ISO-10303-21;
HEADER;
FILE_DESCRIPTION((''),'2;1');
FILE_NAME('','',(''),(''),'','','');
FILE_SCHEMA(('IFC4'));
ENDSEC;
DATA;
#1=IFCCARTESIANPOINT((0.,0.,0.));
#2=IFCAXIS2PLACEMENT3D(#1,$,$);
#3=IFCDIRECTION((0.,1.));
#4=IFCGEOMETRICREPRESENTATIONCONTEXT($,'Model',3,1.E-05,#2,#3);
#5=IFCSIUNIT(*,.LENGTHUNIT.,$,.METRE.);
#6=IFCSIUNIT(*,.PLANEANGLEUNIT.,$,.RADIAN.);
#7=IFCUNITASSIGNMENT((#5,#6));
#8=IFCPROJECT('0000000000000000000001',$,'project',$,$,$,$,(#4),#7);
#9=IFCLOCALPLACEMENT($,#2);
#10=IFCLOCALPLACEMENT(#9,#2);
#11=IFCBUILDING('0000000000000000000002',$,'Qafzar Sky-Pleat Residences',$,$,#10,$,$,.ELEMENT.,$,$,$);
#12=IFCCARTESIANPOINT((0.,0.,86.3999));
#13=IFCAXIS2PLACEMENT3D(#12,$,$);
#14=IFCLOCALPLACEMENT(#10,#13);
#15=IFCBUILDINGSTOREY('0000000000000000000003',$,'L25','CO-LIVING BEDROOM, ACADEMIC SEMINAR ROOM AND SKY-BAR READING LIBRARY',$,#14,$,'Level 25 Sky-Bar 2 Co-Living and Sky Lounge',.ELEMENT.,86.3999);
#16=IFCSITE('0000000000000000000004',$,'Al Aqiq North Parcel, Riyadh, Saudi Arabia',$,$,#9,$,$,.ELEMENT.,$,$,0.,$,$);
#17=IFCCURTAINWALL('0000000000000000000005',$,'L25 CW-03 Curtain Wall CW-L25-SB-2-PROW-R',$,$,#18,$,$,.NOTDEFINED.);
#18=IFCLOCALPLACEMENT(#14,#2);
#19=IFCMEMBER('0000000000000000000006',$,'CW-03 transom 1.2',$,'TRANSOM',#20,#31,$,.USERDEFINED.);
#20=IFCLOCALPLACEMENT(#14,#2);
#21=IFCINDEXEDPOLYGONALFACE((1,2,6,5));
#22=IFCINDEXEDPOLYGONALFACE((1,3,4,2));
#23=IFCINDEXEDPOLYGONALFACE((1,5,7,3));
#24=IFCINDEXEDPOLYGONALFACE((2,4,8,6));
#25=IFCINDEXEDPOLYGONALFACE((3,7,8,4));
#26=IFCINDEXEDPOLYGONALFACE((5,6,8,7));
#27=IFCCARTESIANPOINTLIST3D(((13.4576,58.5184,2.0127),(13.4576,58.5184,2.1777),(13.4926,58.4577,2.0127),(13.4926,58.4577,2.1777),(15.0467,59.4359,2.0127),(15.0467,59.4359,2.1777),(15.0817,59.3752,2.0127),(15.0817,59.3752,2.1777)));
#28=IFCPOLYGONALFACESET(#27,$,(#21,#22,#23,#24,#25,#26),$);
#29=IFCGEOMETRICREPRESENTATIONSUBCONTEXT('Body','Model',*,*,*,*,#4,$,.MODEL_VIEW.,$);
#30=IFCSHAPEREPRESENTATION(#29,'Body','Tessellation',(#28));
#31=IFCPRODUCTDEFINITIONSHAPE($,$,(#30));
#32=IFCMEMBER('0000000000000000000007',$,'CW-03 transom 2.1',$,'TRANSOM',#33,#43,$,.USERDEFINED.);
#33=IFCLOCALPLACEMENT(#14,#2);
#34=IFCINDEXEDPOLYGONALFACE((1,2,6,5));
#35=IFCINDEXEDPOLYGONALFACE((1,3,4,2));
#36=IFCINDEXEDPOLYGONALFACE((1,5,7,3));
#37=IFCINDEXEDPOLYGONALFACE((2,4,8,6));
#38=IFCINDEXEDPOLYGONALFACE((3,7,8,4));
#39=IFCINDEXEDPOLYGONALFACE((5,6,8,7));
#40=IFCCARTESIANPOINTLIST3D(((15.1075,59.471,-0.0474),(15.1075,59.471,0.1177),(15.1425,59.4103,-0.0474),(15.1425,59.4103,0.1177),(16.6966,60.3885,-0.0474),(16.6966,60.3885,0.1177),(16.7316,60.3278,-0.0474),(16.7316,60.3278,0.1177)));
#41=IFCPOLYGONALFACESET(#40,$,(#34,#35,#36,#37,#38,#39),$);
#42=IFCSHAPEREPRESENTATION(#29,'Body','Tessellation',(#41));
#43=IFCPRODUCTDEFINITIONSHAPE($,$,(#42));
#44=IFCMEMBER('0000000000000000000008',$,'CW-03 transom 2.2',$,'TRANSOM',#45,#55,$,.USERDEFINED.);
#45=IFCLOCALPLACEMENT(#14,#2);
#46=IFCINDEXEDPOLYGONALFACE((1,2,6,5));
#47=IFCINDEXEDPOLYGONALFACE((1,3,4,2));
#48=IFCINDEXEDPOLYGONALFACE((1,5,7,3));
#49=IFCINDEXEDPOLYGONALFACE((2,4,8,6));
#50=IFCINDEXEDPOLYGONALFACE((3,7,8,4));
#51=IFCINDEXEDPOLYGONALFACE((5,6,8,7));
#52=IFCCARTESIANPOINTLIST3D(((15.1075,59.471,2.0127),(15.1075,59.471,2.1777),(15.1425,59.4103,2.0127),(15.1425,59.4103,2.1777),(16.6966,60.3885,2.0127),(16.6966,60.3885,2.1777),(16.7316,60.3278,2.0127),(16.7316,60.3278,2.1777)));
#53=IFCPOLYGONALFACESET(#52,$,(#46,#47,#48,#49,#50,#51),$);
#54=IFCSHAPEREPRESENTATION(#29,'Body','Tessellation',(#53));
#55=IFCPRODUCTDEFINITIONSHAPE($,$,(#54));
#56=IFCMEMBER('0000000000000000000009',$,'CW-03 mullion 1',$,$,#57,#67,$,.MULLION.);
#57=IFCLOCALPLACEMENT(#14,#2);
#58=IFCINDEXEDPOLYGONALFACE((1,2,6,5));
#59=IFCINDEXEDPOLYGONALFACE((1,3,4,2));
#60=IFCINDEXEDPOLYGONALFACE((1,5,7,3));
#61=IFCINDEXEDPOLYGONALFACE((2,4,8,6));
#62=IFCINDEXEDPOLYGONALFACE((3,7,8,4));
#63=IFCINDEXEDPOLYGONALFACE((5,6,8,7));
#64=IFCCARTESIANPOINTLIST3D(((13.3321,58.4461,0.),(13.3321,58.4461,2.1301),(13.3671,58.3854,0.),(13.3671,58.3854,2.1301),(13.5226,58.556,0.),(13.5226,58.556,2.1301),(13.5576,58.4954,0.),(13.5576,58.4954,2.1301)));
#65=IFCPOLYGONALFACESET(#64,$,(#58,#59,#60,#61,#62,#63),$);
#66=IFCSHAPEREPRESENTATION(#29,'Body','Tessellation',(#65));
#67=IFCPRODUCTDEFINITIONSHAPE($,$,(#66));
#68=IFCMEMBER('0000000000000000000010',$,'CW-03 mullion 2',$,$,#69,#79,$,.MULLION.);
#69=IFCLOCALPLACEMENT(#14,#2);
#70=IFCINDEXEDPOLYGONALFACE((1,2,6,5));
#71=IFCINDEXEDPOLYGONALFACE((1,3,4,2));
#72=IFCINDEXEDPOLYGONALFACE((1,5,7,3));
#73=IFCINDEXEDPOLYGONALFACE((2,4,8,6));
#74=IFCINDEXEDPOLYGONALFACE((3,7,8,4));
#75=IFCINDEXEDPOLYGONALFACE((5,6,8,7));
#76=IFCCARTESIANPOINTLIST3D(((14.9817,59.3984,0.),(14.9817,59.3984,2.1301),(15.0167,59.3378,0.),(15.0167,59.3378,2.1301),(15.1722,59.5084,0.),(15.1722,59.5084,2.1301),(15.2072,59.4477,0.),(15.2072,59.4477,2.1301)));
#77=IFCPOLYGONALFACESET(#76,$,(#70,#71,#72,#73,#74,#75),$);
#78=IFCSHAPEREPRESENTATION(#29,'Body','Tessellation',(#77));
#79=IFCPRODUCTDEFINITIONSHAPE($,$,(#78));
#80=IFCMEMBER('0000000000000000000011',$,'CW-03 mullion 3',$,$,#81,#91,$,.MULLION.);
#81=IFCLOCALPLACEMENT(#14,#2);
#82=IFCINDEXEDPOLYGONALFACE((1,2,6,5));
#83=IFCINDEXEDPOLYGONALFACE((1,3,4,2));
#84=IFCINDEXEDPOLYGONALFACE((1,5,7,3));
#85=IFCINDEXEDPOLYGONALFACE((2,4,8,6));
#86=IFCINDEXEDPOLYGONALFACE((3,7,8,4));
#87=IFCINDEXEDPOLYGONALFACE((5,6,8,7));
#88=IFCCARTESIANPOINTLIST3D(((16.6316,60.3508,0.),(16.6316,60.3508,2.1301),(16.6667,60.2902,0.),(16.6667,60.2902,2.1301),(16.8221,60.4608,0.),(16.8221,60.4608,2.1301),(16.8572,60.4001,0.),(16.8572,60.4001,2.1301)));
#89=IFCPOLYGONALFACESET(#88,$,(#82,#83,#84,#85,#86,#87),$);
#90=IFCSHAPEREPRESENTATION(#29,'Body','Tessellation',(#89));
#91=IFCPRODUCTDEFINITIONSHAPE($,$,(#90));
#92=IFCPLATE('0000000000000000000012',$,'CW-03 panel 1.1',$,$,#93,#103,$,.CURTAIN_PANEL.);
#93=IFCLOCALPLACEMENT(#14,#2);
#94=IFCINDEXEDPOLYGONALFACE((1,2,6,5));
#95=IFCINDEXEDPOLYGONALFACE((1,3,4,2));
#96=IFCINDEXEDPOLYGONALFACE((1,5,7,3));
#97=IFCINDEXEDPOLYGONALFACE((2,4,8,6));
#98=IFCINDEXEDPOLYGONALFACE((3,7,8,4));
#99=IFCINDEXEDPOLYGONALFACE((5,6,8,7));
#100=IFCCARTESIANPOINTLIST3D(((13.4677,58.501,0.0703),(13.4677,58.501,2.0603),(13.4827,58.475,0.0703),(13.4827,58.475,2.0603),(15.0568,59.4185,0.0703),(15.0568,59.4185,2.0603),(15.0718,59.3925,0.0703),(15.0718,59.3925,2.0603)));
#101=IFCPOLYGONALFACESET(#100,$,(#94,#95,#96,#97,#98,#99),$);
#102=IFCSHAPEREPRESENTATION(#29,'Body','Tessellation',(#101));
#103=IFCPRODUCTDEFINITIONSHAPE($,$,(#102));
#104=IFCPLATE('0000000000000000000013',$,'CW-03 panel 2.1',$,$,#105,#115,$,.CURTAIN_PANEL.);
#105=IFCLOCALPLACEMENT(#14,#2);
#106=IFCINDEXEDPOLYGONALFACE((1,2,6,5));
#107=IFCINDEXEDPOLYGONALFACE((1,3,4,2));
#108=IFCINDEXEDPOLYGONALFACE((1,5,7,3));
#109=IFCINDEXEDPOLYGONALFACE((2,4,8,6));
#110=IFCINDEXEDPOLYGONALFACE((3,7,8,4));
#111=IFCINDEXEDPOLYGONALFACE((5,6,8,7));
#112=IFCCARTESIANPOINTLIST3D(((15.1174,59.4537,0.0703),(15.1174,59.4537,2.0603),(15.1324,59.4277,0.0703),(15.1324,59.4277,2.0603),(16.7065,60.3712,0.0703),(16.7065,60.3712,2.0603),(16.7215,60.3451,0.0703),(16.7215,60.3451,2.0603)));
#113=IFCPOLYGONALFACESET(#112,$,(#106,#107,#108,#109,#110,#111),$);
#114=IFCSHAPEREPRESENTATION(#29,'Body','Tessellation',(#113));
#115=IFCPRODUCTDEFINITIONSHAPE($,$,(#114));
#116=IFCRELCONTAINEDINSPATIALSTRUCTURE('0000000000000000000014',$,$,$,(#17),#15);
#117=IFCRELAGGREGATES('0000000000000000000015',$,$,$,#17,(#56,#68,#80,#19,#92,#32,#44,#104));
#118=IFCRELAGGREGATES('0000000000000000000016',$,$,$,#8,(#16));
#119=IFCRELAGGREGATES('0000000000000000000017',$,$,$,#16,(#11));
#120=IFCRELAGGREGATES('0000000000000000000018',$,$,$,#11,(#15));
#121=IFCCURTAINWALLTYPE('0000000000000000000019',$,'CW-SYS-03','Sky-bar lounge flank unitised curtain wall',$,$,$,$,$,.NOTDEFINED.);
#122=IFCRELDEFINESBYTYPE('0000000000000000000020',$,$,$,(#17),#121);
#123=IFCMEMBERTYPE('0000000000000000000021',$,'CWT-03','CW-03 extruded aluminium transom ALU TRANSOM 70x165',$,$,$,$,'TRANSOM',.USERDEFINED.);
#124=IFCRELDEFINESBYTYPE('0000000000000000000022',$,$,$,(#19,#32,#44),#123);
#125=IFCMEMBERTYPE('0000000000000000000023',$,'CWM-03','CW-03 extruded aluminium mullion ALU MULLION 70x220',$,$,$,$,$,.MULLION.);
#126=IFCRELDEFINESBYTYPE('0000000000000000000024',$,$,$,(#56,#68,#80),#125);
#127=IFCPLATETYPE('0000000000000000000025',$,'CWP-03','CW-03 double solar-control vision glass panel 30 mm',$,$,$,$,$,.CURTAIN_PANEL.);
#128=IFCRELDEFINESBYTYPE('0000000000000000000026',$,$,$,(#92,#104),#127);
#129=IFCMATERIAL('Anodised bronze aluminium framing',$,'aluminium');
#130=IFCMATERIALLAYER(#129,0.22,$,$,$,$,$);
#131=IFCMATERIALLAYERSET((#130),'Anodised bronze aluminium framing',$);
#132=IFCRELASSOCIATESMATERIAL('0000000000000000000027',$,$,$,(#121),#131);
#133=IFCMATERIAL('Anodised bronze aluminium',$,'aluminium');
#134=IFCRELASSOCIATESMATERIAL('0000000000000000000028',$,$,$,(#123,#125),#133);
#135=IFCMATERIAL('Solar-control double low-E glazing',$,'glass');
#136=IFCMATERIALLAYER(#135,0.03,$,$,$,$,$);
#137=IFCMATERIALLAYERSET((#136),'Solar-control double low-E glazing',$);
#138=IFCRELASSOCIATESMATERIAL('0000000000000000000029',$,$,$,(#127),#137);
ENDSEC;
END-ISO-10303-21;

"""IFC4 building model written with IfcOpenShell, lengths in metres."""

from ifc_helpers import new_model, si_unit, direction, frame, origin, origin_2d, place, context, subcontext, project, spatial, rectangle, extrude, source, transform, mapped, material, layer, layer_set, material_profile, profile_set, type_object, element, aggregate, save


model = new_model("IFC4")

# Units and contexts
model_context = context("Model", 3, precision=1e-05, world=origin(), true_north=direction((0.0, 1.0)))
body_context = subcontext(model_context, "Body", "Model", "MODEL_VIEW")
ifc_project = project(units=[si_unit("LENGTHUNIT", "METRE"), si_unit("PLANEANGLEUNIT", "RADIAN")], contexts=[model_context])

# Site, building, storey
site_placement = place(None, origin())
site = spatial("IfcSite", under=ifc_project, at=site_placement, Name="Al Aqiq North Parcel, Riyadh, Saudi Arabia", CompositionType="ELEMENT", RefElevation=0.0)
building_placement = place(site_placement, origin())
building = spatial("IfcBuilding", under=site, at=building_placement, Name="Qafzar Sky-Pleat Residences", CompositionType="ELEMENT")
storey_placement = place(building_placement, frame((0.0, 0.0, 86.3999)))
storey = spatial("IfcBuildingStorey", under=building, at=storey_placement, Name="L25", Description="CO-LIVING BEDROOM, ACADEMIC SEMINAR ROOM AND SKY-BAR READING LIBRARY", LongName="Level 25 Sky-Bar 2 Co-Living and Sky Lounge", CompositionType="ELEMENT", Elevation=86.3999)

# Curtain wall, members, plates
ifc_material_1 = material(Name="Anodised bronze aluminium framing", Category="aluminium")
ifc_layer_1 = layer(ifc_material_1, 0.22)
ifc_layer_set_1 = layer_set([ifc_layer_1], Name="Anodised bronze aluminium framing")
curtain_wall_type = type_object("IfcCurtainWallType", Name="CW-SYS-03", Description="Sky-bar lounge flank unitised curtain wall", PredefinedType="NOTDEFINED", material=ifc_layer_set_1)
curtain_wall_placement = place(storey_placement, origin())
curtain_wall = element("IfcCurtainWall", 1, at=curtain_wall_placement, inside=storey, type_object=curtain_wall_type, Name="L25 CW-03 Curtain Wall CW-L25-SB-2-PROW-R", PredefinedType="NOTDEFINED")
ifc_material_2 = material(Name="Anodised bronze aluminium", Category="aluminium")
ifc_material_profile_1 = material_profile(ifc_material_2, rectangle(XDim=0.0701, YDim=0.165, at=origin_2d()), Name="ALU TRANSOM 70x165")
ifc_profile_set_1 = profile_set([ifc_material_profile_1], Name="Anodised bronze aluminium")
member_type_1 = type_object("IfcMemberType", Name="CWT-03", Description="CW-03 extruded aluminium transom ALU TRANSOM 70x165", ElementType="TRANSOM", PredefinedType="USERDEFINED", material=ifc_profile_set_1)
shared_shape_1 = source(origin(), body_context, "Body", "SweptSolid", [
    extrude(rectangle(XDim=0.0701, YDim=0.165, at=origin_2d()), origin(), (0.0, 0.0, 1.0), 1.835),
])
member_1_placement = place(storey_placement, frame((13.4751, 58.488, 2.0952), z_axis=(0.866024, 0.500003, 0.0), x_axis=(-0.500003, 0.866024, 0.0)))
member_1 = element("IfcMember", 2, at=member_1_placement, type_object=member_type_1, Name="CW-03 transom 1.2", ObjectType="TRANSOM", PredefinedType="USERDEFINED", context=body_context, shape_type="MappedRepresentation", body=[
    mapped(shared_shape_1, transform((0.0, 0.0, 0.0), x_axis=(1.0, 0.0, 0.0), y_axis=(0.0, 1.0, 0.0), z_axis=(0.0, 0.0, 1.0), scale=1.0)),
])
member_2_placement = place(storey_placement, frame((15.125, 59.4407, 0.0352), z_axis=(0.866024, 0.500003, 0.0), x_axis=(-0.500003, 0.866024, 0.0)))
member_2 = element("IfcMember", 3, at=member_2_placement, type_object=member_type_1, Name="CW-03 transom 2.1", ObjectType="TRANSOM", PredefinedType="USERDEFINED", context=body_context, shape_type="MappedRepresentation", body=[
    mapped(shared_shape_1, transform((0.0, 0.0, 0.0), x_axis=(1.0, 0.0, 0.0), y_axis=(0.0, 1.0, 0.0), z_axis=(0.0, 0.0, 1.0), scale=1.0)),
])
member_3_placement = place(storey_placement, frame((15.125, 59.4407, 2.0952), z_axis=(0.866024, 0.500003, 0.0), x_axis=(-0.500003, 0.866024, 0.0)))
member_3 = element("IfcMember", 4, at=member_3_placement, type_object=member_type_1, Name="CW-03 transom 2.2", ObjectType="TRANSOM", PredefinedType="USERDEFINED", context=body_context, shape_type="MappedRepresentation", body=[
    mapped(shared_shape_1, transform((0.0, 0.0, 0.0), x_axis=(1.0, 0.0, 0.0), y_axis=(0.0, 1.0, 0.0), z_axis=(0.0, 0.0, 1.0), scale=1.0)),
])
ifc_material_profile_2 = material_profile(ifc_material_2, rectangle(XDim=0.0701, YDim=0.22, at=origin_2d()), Name="ALU MULLION 70x220")
ifc_profile_set_2 = profile_set([ifc_material_profile_2], Name="Anodised bronze aluminium")
member_type_2 = type_object("IfcMemberType", Name="CWM-03", Description="CW-03 extruded aluminium mullion ALU MULLION 70x220", PredefinedType="MULLION", material=ifc_profile_set_2)
shared_shape_2 = source(origin(), body_context, "Body", "SweptSolid", [
    extrude(rectangle(XDim=0.0701, YDim=0.22, at=origin_2d()), origin(), (0.0, 0.0, 1.0), 2.1301),
])
member_4_placement = place(storey_placement, frame((13.4448, 58.4707, 0.0), z_axis=(0.0, 0.0, 1.0), x_axis=(-0.499998, 0.866027, 0.0)))
member_4 = element("IfcMember", 5, at=member_4_placement, type_object=member_type_2, Name="CW-03 mullion 1", PredefinedType="MULLION", context=body_context, shape_type="MappedRepresentation", body=[
    mapped(shared_shape_2, transform((0.0, 0.0, 0.0), x_axis=(1.0, 0.0, 0.0), y_axis=(0.0, 1.0, 0.0), z_axis=(0.0, 0.0, 1.0), scale=1.0)),
])
member_5_placement = place(storey_placement, frame((15.0945, 59.4231, 0.0), z_axis=(0.0, 0.0, 1.0), x_axis=(-0.499998, 0.866027, 0.0)))
member_5 = element("IfcMember", 6, at=member_5_placement, type_object=member_type_2, Name="CW-03 mullion 2", PredefinedType="MULLION", context=body_context, shape_type="MappedRepresentation", body=[
    mapped(shared_shape_2, transform((0.0, 0.0, 0.0), x_axis=(1.0, 0.0, 0.0), y_axis=(0.0, 1.0, 0.0), z_axis=(0.0, 0.0, 1.0), scale=1.0)),
])
member_6_placement = place(storey_placement, frame((16.7444, 60.3755, 0.0), z_axis=(0.0, 0.0, 1.0), x_axis=(-0.499998, 0.866027, 0.0)))
member_6 = element("IfcMember", 7, at=member_6_placement, type_object=member_type_2, Name="CW-03 mullion 3", PredefinedType="MULLION", context=body_context, shape_type="MappedRepresentation", body=[
    mapped(shared_shape_2, transform((0.0, 0.0, 0.0), x_axis=(1.0, 0.0, 0.0), y_axis=(0.0, 1.0, 0.0), z_axis=(0.0, 0.0, 1.0), scale=1.0)),
])
ifc_material_3 = material(Name="Solar-control double low-E glazing", Category="glass")
ifc_layer_2 = layer(ifc_material_3, 0.03)
ifc_layer_set_2 = layer_set([ifc_layer_2], Name="Solar-control double low-E glazing")
plate_type = type_object("IfcPlateType", Name="CWP-03", Description="CW-03 double solar-control vision glass panel 30 mm", PredefinedType="CURTAIN_PANEL", material=ifc_layer_set_2)
shared_shape_3 = source(origin(), body_context, "Body", "SweptSolid", [
    extrude(rectangle(XDim=1.835, YDim=0.03, at=origin_2d()), origin(), (0.0, 0.0, 1.0), 1.99),
])
plate_1_placement = place(storey_placement, frame((14.2698, 58.9468, 0.0703), z_axis=(0.0, 0.0, 1.0), x_axis=(0.866027, 0.499998, 0.0)))
plate_1 = element("IfcPlate", 8, at=plate_1_placement, type_object=plate_type, Name="CW-03 panel 1.1", PredefinedType="CURTAIN_PANEL", context=body_context, shape_type="MappedRepresentation", body=[
    mapped(shared_shape_3, transform((0.0, 0.0, 0.0), x_axis=(1.0, 0.0, 0.0), y_axis=(0.0, 1.0, 0.0), z_axis=(0.0, 0.0, 1.0), scale=1.0)),
])
plate_2_placement = place(storey_placement, frame((15.9194, 59.8994, 0.0703), z_axis=(0.0, 0.0, 1.0), x_axis=(0.866027, 0.499998, 0.0)))
plate_2 = element("IfcPlate", 9, at=plate_2_placement, type_object=plate_type, Name="CW-03 panel 2.1", PredefinedType="CURTAIN_PANEL", context=body_context, shape_type="MappedRepresentation", body=[
    mapped(shared_shape_3, transform((0.0, 0.0, 0.0), x_axis=(1.0, 0.0, 0.0), y_axis=(0.0, 1.0, 0.0), z_axis=(0.0, 0.0, 1.0), scale=1.0)),
])
aggregate(curtain_wall, [member_4, member_5, member_6, member_1, plate_1, member_2, member_3, plate_2])

save(model, "model.ifc")
